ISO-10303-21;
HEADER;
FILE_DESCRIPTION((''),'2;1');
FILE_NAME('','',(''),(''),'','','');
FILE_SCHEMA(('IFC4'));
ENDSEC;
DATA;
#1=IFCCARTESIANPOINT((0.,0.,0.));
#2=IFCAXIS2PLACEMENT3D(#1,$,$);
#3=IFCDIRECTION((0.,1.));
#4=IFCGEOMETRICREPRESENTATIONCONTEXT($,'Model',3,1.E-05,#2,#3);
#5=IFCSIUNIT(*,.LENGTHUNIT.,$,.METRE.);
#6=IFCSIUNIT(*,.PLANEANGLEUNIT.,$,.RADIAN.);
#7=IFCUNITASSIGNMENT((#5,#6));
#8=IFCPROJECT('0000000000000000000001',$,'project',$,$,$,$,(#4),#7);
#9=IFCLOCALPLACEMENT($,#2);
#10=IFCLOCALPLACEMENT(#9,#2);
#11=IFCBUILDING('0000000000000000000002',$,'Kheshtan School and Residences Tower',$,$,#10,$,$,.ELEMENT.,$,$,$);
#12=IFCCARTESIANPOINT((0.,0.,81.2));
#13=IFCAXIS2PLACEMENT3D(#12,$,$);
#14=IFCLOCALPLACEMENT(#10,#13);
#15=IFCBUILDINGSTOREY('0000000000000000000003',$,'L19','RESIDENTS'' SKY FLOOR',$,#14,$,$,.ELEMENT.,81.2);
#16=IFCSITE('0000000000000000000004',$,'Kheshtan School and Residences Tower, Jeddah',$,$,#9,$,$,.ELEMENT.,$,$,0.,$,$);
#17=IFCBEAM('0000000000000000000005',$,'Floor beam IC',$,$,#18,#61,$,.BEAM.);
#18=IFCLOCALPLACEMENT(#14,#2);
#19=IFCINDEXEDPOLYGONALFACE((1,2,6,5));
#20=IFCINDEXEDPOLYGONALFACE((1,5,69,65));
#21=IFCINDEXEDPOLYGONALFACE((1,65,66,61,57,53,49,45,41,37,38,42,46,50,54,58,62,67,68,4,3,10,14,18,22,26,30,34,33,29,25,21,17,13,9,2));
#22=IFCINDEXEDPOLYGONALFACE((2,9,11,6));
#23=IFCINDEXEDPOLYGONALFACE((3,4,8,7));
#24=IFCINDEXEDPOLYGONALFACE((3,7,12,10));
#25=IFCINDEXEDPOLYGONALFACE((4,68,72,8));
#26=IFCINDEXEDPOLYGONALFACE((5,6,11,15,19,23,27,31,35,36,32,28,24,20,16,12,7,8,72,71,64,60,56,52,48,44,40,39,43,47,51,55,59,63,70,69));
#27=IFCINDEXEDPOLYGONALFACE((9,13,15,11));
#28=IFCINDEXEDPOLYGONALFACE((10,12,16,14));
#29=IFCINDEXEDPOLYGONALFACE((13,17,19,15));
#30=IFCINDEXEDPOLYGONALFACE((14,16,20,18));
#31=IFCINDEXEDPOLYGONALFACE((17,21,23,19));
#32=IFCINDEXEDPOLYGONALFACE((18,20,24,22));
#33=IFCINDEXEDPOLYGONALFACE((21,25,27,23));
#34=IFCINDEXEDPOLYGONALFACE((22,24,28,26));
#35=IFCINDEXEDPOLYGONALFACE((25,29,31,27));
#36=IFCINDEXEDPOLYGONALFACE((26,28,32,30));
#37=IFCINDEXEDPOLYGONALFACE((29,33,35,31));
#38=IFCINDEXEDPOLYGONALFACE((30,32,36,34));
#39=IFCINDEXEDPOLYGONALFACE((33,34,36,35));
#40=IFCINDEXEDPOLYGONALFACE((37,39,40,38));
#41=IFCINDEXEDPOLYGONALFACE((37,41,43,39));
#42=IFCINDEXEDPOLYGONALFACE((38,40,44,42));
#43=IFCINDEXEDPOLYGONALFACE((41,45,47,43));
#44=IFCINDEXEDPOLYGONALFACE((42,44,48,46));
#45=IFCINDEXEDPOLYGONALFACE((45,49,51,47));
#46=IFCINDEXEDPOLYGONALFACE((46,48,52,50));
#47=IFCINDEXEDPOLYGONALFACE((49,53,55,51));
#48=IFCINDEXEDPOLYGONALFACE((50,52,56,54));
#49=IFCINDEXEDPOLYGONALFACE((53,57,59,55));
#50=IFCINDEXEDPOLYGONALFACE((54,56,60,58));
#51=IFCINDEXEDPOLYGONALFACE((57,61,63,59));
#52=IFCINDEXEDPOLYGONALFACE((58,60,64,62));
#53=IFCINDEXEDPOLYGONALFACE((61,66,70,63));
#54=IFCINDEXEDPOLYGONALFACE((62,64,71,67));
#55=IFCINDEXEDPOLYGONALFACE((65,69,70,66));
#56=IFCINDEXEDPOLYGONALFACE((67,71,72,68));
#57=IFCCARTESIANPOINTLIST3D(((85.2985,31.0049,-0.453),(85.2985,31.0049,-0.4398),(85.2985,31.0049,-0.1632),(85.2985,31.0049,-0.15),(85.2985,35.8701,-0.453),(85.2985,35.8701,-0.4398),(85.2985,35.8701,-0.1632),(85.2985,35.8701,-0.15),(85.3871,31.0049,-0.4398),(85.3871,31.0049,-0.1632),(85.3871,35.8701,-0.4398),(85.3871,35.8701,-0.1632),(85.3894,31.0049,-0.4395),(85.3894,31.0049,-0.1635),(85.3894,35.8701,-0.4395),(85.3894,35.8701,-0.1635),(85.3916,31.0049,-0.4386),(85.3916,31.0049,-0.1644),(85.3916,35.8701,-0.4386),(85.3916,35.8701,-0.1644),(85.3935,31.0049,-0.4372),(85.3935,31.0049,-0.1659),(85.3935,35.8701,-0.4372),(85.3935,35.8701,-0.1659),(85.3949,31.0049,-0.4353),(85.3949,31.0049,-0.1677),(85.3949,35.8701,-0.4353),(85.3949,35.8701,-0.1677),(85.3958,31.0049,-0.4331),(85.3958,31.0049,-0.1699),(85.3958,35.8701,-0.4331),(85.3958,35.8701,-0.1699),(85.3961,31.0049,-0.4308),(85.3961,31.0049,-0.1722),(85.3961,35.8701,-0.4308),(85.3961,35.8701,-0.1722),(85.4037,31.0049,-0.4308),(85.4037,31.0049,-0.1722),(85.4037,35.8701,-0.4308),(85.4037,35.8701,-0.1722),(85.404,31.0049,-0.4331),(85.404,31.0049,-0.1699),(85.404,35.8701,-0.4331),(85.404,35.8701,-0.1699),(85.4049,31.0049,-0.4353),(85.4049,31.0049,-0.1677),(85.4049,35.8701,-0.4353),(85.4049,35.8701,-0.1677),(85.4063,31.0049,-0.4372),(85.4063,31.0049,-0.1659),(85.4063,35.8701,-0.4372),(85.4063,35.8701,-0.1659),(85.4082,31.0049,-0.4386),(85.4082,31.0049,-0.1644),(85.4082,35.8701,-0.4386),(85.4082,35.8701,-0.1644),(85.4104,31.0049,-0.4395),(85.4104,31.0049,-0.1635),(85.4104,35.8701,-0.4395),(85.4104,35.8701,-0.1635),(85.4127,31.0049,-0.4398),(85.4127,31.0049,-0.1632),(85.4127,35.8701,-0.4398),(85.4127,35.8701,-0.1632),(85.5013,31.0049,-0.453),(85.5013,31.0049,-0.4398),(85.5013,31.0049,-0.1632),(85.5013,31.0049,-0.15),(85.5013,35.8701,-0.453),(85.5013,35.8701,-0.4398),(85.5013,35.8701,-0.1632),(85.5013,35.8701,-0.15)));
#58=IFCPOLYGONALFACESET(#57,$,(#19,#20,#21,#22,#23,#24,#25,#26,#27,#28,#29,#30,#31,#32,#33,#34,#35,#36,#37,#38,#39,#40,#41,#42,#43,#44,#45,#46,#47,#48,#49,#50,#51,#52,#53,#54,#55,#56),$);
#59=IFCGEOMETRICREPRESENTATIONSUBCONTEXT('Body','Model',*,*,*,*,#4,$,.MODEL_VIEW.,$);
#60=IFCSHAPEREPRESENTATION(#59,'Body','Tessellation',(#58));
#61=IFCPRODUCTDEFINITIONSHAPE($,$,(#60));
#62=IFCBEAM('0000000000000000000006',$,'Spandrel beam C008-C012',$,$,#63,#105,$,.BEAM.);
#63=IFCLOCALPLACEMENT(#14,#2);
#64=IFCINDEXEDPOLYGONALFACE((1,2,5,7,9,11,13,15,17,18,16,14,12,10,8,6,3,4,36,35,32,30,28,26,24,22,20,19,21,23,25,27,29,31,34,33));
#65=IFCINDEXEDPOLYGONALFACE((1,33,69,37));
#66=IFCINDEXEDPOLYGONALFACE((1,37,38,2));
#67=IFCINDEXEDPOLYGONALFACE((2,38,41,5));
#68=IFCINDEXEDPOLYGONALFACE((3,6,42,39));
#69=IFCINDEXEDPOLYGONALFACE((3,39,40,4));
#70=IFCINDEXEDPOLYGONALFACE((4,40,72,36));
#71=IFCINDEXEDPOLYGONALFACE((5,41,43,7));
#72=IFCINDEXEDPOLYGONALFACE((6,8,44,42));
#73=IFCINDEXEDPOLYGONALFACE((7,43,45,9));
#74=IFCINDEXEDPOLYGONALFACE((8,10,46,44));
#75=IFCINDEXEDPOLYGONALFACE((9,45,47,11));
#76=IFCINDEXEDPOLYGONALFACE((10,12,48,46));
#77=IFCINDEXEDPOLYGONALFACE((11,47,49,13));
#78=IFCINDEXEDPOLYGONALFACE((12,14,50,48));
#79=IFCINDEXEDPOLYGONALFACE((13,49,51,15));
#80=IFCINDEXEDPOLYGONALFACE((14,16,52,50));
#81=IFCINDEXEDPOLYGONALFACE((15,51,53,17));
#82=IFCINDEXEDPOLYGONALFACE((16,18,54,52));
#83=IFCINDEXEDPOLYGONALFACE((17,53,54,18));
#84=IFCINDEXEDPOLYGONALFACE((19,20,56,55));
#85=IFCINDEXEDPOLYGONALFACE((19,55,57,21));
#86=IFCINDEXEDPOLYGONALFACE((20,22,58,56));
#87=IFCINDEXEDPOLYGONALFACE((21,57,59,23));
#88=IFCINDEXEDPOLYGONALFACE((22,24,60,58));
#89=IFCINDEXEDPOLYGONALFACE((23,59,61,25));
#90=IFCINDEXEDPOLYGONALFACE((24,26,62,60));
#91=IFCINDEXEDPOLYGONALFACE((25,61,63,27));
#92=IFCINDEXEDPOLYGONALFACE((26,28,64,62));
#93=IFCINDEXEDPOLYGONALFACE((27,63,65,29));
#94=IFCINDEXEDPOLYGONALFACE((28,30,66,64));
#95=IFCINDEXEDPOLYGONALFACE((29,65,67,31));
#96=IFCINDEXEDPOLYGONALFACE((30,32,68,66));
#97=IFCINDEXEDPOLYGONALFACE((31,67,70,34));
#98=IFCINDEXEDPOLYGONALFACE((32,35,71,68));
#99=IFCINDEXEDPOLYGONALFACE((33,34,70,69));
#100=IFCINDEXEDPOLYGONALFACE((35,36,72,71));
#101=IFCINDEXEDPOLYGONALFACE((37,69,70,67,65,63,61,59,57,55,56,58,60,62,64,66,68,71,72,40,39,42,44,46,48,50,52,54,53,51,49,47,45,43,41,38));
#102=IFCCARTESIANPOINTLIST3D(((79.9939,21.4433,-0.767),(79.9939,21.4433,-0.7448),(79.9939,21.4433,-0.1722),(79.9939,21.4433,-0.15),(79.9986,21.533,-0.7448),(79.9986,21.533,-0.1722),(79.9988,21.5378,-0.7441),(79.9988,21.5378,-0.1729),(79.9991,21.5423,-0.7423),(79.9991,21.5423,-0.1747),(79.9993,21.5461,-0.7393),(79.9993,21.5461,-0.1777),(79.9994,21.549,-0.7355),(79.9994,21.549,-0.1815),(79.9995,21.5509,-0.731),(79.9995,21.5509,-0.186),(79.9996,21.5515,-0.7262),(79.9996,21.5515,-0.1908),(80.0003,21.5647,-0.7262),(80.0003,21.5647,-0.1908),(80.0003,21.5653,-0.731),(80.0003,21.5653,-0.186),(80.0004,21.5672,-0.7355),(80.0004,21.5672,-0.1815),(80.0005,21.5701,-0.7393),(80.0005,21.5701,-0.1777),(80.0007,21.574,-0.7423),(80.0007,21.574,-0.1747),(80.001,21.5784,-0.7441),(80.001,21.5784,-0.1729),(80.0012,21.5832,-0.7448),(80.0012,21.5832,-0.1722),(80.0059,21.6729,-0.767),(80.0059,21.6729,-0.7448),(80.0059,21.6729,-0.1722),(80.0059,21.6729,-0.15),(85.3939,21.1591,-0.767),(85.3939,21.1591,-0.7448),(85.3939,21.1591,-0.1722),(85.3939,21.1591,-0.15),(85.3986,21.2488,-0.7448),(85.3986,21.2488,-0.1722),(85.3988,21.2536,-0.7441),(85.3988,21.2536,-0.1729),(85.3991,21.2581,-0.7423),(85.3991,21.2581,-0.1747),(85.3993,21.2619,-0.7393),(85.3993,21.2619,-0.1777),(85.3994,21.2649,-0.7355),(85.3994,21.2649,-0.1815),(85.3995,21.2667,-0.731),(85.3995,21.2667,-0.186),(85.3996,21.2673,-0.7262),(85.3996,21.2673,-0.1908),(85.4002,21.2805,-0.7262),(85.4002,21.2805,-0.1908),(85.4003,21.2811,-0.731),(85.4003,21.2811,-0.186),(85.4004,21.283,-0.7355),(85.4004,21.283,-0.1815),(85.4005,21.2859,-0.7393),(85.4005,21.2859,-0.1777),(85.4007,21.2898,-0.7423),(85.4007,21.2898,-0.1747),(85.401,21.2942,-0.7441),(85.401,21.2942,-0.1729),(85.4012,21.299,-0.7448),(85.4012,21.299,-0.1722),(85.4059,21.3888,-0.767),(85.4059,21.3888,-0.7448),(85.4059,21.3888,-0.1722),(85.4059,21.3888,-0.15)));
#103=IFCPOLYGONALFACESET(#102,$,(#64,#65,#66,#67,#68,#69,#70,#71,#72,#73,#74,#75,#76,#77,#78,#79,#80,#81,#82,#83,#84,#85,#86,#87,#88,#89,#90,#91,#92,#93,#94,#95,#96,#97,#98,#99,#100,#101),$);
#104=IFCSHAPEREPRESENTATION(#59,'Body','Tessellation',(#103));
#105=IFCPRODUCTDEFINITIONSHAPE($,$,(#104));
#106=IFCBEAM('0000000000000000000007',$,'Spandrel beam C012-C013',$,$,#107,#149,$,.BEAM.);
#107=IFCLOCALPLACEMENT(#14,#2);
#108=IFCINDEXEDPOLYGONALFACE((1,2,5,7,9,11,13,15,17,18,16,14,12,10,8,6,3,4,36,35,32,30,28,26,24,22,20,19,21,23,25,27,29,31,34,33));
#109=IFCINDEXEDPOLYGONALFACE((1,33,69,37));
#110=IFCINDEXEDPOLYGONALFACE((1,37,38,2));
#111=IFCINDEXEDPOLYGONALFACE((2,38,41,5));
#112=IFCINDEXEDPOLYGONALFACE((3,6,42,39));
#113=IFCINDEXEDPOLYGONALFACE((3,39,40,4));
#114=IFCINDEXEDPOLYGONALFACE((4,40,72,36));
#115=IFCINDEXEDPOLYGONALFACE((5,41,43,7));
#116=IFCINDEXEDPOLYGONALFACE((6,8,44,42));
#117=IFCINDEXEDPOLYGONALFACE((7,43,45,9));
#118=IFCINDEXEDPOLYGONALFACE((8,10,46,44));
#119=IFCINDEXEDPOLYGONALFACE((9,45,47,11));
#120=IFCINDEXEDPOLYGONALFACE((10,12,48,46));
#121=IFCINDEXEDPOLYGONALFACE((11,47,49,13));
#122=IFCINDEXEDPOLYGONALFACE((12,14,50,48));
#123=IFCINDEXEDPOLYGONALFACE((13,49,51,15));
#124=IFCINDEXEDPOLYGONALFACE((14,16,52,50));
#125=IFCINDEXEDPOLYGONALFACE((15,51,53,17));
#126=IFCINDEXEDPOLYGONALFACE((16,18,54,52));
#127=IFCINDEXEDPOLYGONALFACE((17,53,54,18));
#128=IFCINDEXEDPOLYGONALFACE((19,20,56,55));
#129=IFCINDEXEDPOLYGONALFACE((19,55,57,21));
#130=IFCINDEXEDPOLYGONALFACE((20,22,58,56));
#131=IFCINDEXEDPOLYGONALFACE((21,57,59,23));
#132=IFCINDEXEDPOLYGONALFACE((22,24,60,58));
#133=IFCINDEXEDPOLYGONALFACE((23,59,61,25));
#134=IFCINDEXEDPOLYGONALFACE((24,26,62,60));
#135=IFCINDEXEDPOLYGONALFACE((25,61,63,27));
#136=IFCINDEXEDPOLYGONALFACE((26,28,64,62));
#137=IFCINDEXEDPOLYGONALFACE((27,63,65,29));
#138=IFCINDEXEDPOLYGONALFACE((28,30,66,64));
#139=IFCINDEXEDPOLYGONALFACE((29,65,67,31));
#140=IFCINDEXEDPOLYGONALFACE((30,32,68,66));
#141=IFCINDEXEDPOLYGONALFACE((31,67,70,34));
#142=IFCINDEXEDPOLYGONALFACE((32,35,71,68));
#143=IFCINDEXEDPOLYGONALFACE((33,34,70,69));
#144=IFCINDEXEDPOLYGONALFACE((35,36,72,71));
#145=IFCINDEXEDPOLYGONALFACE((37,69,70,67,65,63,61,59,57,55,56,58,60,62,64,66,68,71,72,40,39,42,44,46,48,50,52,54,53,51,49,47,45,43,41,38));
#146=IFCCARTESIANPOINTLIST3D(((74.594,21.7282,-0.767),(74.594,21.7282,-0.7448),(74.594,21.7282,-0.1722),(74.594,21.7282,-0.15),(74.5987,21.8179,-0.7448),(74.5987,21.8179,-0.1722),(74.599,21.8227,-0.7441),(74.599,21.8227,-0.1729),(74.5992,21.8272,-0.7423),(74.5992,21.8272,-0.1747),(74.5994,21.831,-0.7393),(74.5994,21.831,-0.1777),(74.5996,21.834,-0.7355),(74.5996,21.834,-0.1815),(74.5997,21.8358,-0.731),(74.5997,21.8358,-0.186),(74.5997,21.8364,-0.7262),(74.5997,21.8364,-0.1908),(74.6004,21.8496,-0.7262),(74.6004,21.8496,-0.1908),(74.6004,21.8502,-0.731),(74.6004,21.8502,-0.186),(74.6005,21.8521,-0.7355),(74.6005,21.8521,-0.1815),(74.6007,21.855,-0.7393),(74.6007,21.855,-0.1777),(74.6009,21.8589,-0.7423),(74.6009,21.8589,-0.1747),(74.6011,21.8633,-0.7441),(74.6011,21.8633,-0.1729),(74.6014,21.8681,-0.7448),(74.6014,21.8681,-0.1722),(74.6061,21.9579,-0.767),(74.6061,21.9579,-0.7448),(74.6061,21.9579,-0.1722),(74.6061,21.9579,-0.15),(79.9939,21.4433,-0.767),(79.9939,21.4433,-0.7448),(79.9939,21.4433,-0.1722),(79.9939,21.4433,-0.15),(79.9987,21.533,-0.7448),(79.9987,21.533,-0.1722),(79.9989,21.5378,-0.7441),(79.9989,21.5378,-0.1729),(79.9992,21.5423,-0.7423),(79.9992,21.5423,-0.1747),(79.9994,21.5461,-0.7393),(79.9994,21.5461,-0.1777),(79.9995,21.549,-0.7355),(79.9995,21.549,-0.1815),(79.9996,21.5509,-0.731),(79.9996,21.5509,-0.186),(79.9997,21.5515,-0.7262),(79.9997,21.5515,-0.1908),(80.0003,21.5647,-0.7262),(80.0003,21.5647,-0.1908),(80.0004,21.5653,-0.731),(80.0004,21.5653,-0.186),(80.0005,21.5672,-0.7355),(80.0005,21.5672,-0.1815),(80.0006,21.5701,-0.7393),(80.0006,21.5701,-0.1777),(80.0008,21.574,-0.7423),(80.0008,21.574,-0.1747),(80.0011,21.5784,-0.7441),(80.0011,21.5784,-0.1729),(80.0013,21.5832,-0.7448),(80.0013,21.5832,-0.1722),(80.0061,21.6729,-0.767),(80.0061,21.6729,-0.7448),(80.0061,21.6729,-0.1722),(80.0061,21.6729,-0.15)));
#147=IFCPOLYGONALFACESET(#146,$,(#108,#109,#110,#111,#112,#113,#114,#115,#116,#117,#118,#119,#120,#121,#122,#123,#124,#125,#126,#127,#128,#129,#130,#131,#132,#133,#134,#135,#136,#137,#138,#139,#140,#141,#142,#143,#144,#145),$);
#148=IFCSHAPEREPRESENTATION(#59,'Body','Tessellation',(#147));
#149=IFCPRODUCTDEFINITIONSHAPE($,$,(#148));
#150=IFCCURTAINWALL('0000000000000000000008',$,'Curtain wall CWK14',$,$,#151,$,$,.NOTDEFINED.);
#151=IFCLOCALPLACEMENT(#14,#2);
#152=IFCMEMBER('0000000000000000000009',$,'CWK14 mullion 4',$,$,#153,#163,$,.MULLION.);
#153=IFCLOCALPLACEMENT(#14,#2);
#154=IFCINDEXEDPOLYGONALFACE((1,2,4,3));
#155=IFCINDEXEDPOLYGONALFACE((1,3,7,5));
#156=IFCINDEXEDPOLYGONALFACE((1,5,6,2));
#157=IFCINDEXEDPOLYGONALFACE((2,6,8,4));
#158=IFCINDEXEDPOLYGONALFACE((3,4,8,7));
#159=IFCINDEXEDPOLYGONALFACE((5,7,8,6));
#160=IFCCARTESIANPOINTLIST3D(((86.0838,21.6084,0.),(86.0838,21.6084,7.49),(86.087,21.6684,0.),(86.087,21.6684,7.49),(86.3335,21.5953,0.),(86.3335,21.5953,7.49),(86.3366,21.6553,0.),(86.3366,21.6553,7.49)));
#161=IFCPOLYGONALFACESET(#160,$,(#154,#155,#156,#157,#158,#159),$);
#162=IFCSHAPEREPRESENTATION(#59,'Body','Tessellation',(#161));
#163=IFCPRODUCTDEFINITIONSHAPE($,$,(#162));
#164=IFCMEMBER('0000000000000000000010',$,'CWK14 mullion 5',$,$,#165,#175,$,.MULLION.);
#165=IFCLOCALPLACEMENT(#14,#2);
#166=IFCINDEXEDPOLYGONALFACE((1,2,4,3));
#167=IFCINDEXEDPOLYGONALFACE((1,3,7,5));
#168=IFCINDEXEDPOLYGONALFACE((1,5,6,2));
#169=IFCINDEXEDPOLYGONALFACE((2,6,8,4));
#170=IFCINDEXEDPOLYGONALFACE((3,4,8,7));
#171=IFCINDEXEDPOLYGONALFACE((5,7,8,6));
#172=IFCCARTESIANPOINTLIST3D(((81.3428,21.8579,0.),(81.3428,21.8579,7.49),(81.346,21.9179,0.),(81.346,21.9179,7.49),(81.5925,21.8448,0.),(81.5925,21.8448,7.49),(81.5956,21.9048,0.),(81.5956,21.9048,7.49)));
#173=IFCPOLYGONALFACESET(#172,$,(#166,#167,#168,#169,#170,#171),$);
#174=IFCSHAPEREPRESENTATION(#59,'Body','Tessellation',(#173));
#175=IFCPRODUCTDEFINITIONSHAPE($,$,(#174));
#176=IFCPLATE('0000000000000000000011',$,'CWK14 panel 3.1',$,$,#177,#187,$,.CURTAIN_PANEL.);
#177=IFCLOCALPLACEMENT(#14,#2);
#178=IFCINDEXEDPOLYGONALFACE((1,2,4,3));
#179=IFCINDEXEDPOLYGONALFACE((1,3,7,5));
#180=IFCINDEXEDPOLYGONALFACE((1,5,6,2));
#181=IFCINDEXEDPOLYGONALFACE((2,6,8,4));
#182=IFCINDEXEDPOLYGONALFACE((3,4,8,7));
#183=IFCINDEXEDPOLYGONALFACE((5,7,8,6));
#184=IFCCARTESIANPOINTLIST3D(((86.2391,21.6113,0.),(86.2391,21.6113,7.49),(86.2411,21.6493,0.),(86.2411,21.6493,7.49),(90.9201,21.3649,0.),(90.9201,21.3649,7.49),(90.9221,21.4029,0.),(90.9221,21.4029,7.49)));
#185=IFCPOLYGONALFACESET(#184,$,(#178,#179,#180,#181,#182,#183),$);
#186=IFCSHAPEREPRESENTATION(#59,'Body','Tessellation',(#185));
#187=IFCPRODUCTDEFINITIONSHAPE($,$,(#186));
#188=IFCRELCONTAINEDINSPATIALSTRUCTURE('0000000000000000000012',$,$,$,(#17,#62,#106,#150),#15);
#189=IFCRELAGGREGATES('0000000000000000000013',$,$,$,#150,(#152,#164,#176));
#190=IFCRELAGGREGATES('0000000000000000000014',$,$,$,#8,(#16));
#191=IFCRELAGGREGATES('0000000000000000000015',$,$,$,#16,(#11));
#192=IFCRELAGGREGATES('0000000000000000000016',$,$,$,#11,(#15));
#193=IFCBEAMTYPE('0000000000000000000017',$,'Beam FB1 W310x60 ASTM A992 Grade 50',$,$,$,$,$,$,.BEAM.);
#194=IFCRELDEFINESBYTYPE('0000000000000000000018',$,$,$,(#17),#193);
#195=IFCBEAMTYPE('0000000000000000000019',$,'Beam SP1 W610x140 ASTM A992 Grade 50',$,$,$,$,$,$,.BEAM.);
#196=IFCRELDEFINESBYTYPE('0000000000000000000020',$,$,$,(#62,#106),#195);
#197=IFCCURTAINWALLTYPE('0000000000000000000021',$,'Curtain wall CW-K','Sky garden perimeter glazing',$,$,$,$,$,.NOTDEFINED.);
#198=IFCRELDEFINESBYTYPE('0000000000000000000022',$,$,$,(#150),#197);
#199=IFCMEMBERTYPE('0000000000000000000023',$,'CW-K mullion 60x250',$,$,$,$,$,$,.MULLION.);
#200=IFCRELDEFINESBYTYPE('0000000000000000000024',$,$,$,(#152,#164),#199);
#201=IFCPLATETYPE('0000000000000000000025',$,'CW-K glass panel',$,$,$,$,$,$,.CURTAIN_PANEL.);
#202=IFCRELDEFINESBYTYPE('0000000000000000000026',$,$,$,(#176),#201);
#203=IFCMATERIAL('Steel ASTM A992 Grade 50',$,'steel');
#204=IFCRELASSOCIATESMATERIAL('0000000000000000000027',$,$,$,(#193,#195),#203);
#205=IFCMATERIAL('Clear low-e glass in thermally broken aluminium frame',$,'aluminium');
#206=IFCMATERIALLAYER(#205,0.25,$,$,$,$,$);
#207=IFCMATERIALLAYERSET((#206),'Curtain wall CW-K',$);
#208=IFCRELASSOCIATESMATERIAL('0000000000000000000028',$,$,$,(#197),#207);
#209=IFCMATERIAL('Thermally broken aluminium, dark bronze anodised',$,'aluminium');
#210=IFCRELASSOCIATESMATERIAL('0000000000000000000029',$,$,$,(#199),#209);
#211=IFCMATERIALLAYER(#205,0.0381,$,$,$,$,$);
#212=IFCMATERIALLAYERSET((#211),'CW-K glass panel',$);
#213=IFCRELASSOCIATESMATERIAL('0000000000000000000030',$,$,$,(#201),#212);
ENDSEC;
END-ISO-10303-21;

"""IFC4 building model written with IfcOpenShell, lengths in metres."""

from ifc_helpers import new_model, si_unit, direction, frame, origin, origin_2d, place, context, subcontext, project, spatial, rectangle, i_section, extrude, material, layer, layer_set, material_profile, profile_set, type_object, element, aggregate, save


model = new_model("IFC4")

# Units and contexts
model_context = context("Model", 3, precision=1e-05, world=origin(), true_north=direction((0.0, 1.0)))
body_context = subcontext(model_context, "Body", "Model", "MODEL_VIEW")
ifc_project = project(units=[si_unit("LENGTHUNIT", "METRE"), si_unit("PLANEANGLEUNIT", "RADIAN")], contexts=[model_context])

# Site, building, storey
site_placement = place(None, origin())
site = spatial("IfcSite", under=ifc_project, at=site_placement, Name="Kheshtan School and Residences Tower, Jeddah", CompositionType="ELEMENT", RefElevation=0.0)
building_placement = place(site_placement, origin())
building = spatial("IfcBuilding", under=site, at=building_placement, Name="Kheshtan School and Residences Tower", CompositionType="ELEMENT")
storey_placement = place(building_placement, frame((0.0, 0.0, 81.2)))
storey = spatial("IfcBuildingStorey", under=building, at=storey_placement, Name="L19", Description="RESIDENTS' SKY FLOOR", CompositionType="ELEMENT", Elevation=81.2)

# Shared definitions
ifc_material_1 = material(Name="Steel ASTM A992 Grade 50", Category="steel")

# Beams
ifc_material_profile_1 = material_profile(ifc_material_1, i_section(OverallWidth=0.2029, OverallDepth=0.303, WebThickness=0.0076, FlangeThickness=0.0132, FilletRadius=0.009, at=origin_2d()), Name="W310x60")
ifc_profile_set_1 = profile_set([ifc_material_profile_1], Name="Steel ASTM A992 Grade 50")
beam_type_1 = type_object("IfcBeamType", Name="Beam FB1 W310x60 ASTM A992 Grade 50", PredefinedType="BEAM", material=ifc_profile_set_1)
beam_placement = place(storey_placement, frame((85.3999, 31.0049, -0.3015), z_axis=(0.0, 1.0, 0.0), x_axis=(-1.0, 0.0, 0.0)))
element("IfcBeam", 1, at=beam_placement, inside=storey, type_object=beam_type_1, Name="Floor beam IC", PredefinedType="BEAM", context=body_context, shape_type="SweptSolid", body=[
    extrude(i_section(OverallWidth=0.2029, OverallDepth=0.303, WebThickness=0.0076, FlangeThickness=0.0132, FilletRadius=0.009, at=origin_2d()), origin(), (0.0, 0.0, 1.0), 4.8652),
])
ifc_material_profile_2 = material_profile(ifc_material_1, i_section(OverallWidth=0.23, OverallDepth=0.6169, WebThickness=0.0132, FlangeThickness=0.0222, FilletRadius=0.0186, at=origin_2d()), Name="W610x140")
ifc_profile_set_2 = profile_set([ifc_material_profile_2], Name="Steel ASTM A992 Grade 50")
beam_type_2 = type_object("IfcBeamType", Name="Beam SP1 W610x140 ASTM A992 Grade 50", PredefinedType="BEAM", material=ifc_profile_set_2)
for number, where, z_axis, x_axis, name in (
    (2, (85.3999, 21.2739, -0.4585), (-0.998618, 0.052554, 0.0), (-0.052554, -0.998618, 0.0), "Spandrel beam C008-C012"),
    (3, (80.0, 21.5581, -0.4585), (-0.998611, 0.052689, 0.0), (-0.052689, -0.998611, 0.0), "Spandrel beam C012-C013"),
):
    element("IfcBeam", number, at=place(storey_placement, frame(where, z_axis=z_axis, x_axis=x_axis)), inside=storey, type_object=beam_type_2, Name=name, PredefinedType="BEAM", context=body_context, shape_type="SweptSolid", body=[
        extrude(i_section(OverallWidth=0.23, OverallDepth=0.6169, WebThickness=0.0132, FlangeThickness=0.0222, FilletRadius=0.0186, at=origin_2d()), origin(), (0.0, 0.0, 1.0), 5.4075),
    ])

# Curtain wall, members, plate
ifc_material_2 = material(Name="Clear low-e glass in thermally broken aluminium frame", Category="aluminium")
ifc_layer_1 = layer(ifc_material_2, 0.25)
ifc_layer_set_1 = layer_set([ifc_layer_1], Name="Curtain wall CW-K")
curtain_wall_type = type_object("IfcCurtainWallType", Name="Curtain wall CW-K", Description="Sky garden perimeter glazing", PredefinedType="NOTDEFINED", material=ifc_layer_set_1)
curtain_wall_placement = place(storey_placement, origin())
curtain_wall = element("IfcCurtainWall", 4, at=curtain_wall_placement, inside=storey, type_object=curtain_wall_type, Name="Curtain wall CWK14", PredefinedType="NOTDEFINED")
ifc_material_3 = material(Name="Thermally broken aluminium, dark bronze anodised", Category="aluminium")
ifc_material_profile_3 = material_profile(ifc_material_3, rectangle(XDim=0.0601, YDim=0.25, at=origin_2d()), Name="CW-K mullion 60x250")
ifc_profile_set_3 = profile_set([ifc_material_profile_3], Name="Thermally broken aluminium, dark bronze anodised")
member_type = type_object("IfcMemberType", Name="CW-K mullion 60x250", PredefinedType="MULLION", material=ifc_profile_set_3)
member_1_placement = place(storey_placement, frame((86.2102, 21.6318, 0.0), z_axis=(0.0, 0.0, 1.0), x_axis=(-0.05257, -0.998617, 0.0)))
member_1 = element("IfcMember", 5, at=member_1_placement, type_object=member_type, Name="CWK14 mullion 4", PredefinedType="MULLION", context=body_context, shape_type="SweptSolid", body=[
    extrude(rectangle(XDim=0.0601, YDim=0.25, at=origin_2d()), origin(), (0.0, 0.0, 1.0), 7.49),
])
member_2_placement = place(storey_placement, frame((81.4692, 21.8813, 0.0), z_axis=(0.0, 0.0, 1.0), x_axis=(-0.05257, -0.998617, 0.0)))
member_2 = element("IfcMember", 6, at=member_2_placement, type_object=member_type, Name="CWK14 mullion 5", PredefinedType="MULLION", context=body_context, shape_type="SweptSolid", body=[
    extrude(rectangle(XDim=0.0601, YDim=0.25, at=origin_2d()), origin(), (0.0, 0.0, 1.0), 7.49),
])
ifc_layer_2 = layer(ifc_material_2, 0.0381)
ifc_layer_set_2 = layer_set([ifc_layer_2], Name="CW-K glass panel")
plate_type = type_object("IfcPlateType", Name="CW-K glass panel", PredefinedType="CURTAIN_PANEL", material=ifc_layer_set_2)
plate_1_placement = place(storey_placement, frame((88.5806, 21.5071, 0.0), z_axis=(0.0, 0.0, 1.0), x_axis=(-0.998617, 0.05257, 0.0)))
plate_1 = element("IfcPlate", 7, at=plate_1_placement, type_object=plate_type, Name="CWK14 panel 3.1", PredefinedType="CURTAIN_PANEL", context=body_context, shape_type="SweptSolid", body=[
    extrude(rectangle(XDim=4.6875, YDim=0.0381, at=origin_2d()), origin(), (0.0, 0.0, 1.0), 7.49),
])
aggregate(curtain_wall, [member_1, member_2, plate_1])

save(model, "model.ifc")
